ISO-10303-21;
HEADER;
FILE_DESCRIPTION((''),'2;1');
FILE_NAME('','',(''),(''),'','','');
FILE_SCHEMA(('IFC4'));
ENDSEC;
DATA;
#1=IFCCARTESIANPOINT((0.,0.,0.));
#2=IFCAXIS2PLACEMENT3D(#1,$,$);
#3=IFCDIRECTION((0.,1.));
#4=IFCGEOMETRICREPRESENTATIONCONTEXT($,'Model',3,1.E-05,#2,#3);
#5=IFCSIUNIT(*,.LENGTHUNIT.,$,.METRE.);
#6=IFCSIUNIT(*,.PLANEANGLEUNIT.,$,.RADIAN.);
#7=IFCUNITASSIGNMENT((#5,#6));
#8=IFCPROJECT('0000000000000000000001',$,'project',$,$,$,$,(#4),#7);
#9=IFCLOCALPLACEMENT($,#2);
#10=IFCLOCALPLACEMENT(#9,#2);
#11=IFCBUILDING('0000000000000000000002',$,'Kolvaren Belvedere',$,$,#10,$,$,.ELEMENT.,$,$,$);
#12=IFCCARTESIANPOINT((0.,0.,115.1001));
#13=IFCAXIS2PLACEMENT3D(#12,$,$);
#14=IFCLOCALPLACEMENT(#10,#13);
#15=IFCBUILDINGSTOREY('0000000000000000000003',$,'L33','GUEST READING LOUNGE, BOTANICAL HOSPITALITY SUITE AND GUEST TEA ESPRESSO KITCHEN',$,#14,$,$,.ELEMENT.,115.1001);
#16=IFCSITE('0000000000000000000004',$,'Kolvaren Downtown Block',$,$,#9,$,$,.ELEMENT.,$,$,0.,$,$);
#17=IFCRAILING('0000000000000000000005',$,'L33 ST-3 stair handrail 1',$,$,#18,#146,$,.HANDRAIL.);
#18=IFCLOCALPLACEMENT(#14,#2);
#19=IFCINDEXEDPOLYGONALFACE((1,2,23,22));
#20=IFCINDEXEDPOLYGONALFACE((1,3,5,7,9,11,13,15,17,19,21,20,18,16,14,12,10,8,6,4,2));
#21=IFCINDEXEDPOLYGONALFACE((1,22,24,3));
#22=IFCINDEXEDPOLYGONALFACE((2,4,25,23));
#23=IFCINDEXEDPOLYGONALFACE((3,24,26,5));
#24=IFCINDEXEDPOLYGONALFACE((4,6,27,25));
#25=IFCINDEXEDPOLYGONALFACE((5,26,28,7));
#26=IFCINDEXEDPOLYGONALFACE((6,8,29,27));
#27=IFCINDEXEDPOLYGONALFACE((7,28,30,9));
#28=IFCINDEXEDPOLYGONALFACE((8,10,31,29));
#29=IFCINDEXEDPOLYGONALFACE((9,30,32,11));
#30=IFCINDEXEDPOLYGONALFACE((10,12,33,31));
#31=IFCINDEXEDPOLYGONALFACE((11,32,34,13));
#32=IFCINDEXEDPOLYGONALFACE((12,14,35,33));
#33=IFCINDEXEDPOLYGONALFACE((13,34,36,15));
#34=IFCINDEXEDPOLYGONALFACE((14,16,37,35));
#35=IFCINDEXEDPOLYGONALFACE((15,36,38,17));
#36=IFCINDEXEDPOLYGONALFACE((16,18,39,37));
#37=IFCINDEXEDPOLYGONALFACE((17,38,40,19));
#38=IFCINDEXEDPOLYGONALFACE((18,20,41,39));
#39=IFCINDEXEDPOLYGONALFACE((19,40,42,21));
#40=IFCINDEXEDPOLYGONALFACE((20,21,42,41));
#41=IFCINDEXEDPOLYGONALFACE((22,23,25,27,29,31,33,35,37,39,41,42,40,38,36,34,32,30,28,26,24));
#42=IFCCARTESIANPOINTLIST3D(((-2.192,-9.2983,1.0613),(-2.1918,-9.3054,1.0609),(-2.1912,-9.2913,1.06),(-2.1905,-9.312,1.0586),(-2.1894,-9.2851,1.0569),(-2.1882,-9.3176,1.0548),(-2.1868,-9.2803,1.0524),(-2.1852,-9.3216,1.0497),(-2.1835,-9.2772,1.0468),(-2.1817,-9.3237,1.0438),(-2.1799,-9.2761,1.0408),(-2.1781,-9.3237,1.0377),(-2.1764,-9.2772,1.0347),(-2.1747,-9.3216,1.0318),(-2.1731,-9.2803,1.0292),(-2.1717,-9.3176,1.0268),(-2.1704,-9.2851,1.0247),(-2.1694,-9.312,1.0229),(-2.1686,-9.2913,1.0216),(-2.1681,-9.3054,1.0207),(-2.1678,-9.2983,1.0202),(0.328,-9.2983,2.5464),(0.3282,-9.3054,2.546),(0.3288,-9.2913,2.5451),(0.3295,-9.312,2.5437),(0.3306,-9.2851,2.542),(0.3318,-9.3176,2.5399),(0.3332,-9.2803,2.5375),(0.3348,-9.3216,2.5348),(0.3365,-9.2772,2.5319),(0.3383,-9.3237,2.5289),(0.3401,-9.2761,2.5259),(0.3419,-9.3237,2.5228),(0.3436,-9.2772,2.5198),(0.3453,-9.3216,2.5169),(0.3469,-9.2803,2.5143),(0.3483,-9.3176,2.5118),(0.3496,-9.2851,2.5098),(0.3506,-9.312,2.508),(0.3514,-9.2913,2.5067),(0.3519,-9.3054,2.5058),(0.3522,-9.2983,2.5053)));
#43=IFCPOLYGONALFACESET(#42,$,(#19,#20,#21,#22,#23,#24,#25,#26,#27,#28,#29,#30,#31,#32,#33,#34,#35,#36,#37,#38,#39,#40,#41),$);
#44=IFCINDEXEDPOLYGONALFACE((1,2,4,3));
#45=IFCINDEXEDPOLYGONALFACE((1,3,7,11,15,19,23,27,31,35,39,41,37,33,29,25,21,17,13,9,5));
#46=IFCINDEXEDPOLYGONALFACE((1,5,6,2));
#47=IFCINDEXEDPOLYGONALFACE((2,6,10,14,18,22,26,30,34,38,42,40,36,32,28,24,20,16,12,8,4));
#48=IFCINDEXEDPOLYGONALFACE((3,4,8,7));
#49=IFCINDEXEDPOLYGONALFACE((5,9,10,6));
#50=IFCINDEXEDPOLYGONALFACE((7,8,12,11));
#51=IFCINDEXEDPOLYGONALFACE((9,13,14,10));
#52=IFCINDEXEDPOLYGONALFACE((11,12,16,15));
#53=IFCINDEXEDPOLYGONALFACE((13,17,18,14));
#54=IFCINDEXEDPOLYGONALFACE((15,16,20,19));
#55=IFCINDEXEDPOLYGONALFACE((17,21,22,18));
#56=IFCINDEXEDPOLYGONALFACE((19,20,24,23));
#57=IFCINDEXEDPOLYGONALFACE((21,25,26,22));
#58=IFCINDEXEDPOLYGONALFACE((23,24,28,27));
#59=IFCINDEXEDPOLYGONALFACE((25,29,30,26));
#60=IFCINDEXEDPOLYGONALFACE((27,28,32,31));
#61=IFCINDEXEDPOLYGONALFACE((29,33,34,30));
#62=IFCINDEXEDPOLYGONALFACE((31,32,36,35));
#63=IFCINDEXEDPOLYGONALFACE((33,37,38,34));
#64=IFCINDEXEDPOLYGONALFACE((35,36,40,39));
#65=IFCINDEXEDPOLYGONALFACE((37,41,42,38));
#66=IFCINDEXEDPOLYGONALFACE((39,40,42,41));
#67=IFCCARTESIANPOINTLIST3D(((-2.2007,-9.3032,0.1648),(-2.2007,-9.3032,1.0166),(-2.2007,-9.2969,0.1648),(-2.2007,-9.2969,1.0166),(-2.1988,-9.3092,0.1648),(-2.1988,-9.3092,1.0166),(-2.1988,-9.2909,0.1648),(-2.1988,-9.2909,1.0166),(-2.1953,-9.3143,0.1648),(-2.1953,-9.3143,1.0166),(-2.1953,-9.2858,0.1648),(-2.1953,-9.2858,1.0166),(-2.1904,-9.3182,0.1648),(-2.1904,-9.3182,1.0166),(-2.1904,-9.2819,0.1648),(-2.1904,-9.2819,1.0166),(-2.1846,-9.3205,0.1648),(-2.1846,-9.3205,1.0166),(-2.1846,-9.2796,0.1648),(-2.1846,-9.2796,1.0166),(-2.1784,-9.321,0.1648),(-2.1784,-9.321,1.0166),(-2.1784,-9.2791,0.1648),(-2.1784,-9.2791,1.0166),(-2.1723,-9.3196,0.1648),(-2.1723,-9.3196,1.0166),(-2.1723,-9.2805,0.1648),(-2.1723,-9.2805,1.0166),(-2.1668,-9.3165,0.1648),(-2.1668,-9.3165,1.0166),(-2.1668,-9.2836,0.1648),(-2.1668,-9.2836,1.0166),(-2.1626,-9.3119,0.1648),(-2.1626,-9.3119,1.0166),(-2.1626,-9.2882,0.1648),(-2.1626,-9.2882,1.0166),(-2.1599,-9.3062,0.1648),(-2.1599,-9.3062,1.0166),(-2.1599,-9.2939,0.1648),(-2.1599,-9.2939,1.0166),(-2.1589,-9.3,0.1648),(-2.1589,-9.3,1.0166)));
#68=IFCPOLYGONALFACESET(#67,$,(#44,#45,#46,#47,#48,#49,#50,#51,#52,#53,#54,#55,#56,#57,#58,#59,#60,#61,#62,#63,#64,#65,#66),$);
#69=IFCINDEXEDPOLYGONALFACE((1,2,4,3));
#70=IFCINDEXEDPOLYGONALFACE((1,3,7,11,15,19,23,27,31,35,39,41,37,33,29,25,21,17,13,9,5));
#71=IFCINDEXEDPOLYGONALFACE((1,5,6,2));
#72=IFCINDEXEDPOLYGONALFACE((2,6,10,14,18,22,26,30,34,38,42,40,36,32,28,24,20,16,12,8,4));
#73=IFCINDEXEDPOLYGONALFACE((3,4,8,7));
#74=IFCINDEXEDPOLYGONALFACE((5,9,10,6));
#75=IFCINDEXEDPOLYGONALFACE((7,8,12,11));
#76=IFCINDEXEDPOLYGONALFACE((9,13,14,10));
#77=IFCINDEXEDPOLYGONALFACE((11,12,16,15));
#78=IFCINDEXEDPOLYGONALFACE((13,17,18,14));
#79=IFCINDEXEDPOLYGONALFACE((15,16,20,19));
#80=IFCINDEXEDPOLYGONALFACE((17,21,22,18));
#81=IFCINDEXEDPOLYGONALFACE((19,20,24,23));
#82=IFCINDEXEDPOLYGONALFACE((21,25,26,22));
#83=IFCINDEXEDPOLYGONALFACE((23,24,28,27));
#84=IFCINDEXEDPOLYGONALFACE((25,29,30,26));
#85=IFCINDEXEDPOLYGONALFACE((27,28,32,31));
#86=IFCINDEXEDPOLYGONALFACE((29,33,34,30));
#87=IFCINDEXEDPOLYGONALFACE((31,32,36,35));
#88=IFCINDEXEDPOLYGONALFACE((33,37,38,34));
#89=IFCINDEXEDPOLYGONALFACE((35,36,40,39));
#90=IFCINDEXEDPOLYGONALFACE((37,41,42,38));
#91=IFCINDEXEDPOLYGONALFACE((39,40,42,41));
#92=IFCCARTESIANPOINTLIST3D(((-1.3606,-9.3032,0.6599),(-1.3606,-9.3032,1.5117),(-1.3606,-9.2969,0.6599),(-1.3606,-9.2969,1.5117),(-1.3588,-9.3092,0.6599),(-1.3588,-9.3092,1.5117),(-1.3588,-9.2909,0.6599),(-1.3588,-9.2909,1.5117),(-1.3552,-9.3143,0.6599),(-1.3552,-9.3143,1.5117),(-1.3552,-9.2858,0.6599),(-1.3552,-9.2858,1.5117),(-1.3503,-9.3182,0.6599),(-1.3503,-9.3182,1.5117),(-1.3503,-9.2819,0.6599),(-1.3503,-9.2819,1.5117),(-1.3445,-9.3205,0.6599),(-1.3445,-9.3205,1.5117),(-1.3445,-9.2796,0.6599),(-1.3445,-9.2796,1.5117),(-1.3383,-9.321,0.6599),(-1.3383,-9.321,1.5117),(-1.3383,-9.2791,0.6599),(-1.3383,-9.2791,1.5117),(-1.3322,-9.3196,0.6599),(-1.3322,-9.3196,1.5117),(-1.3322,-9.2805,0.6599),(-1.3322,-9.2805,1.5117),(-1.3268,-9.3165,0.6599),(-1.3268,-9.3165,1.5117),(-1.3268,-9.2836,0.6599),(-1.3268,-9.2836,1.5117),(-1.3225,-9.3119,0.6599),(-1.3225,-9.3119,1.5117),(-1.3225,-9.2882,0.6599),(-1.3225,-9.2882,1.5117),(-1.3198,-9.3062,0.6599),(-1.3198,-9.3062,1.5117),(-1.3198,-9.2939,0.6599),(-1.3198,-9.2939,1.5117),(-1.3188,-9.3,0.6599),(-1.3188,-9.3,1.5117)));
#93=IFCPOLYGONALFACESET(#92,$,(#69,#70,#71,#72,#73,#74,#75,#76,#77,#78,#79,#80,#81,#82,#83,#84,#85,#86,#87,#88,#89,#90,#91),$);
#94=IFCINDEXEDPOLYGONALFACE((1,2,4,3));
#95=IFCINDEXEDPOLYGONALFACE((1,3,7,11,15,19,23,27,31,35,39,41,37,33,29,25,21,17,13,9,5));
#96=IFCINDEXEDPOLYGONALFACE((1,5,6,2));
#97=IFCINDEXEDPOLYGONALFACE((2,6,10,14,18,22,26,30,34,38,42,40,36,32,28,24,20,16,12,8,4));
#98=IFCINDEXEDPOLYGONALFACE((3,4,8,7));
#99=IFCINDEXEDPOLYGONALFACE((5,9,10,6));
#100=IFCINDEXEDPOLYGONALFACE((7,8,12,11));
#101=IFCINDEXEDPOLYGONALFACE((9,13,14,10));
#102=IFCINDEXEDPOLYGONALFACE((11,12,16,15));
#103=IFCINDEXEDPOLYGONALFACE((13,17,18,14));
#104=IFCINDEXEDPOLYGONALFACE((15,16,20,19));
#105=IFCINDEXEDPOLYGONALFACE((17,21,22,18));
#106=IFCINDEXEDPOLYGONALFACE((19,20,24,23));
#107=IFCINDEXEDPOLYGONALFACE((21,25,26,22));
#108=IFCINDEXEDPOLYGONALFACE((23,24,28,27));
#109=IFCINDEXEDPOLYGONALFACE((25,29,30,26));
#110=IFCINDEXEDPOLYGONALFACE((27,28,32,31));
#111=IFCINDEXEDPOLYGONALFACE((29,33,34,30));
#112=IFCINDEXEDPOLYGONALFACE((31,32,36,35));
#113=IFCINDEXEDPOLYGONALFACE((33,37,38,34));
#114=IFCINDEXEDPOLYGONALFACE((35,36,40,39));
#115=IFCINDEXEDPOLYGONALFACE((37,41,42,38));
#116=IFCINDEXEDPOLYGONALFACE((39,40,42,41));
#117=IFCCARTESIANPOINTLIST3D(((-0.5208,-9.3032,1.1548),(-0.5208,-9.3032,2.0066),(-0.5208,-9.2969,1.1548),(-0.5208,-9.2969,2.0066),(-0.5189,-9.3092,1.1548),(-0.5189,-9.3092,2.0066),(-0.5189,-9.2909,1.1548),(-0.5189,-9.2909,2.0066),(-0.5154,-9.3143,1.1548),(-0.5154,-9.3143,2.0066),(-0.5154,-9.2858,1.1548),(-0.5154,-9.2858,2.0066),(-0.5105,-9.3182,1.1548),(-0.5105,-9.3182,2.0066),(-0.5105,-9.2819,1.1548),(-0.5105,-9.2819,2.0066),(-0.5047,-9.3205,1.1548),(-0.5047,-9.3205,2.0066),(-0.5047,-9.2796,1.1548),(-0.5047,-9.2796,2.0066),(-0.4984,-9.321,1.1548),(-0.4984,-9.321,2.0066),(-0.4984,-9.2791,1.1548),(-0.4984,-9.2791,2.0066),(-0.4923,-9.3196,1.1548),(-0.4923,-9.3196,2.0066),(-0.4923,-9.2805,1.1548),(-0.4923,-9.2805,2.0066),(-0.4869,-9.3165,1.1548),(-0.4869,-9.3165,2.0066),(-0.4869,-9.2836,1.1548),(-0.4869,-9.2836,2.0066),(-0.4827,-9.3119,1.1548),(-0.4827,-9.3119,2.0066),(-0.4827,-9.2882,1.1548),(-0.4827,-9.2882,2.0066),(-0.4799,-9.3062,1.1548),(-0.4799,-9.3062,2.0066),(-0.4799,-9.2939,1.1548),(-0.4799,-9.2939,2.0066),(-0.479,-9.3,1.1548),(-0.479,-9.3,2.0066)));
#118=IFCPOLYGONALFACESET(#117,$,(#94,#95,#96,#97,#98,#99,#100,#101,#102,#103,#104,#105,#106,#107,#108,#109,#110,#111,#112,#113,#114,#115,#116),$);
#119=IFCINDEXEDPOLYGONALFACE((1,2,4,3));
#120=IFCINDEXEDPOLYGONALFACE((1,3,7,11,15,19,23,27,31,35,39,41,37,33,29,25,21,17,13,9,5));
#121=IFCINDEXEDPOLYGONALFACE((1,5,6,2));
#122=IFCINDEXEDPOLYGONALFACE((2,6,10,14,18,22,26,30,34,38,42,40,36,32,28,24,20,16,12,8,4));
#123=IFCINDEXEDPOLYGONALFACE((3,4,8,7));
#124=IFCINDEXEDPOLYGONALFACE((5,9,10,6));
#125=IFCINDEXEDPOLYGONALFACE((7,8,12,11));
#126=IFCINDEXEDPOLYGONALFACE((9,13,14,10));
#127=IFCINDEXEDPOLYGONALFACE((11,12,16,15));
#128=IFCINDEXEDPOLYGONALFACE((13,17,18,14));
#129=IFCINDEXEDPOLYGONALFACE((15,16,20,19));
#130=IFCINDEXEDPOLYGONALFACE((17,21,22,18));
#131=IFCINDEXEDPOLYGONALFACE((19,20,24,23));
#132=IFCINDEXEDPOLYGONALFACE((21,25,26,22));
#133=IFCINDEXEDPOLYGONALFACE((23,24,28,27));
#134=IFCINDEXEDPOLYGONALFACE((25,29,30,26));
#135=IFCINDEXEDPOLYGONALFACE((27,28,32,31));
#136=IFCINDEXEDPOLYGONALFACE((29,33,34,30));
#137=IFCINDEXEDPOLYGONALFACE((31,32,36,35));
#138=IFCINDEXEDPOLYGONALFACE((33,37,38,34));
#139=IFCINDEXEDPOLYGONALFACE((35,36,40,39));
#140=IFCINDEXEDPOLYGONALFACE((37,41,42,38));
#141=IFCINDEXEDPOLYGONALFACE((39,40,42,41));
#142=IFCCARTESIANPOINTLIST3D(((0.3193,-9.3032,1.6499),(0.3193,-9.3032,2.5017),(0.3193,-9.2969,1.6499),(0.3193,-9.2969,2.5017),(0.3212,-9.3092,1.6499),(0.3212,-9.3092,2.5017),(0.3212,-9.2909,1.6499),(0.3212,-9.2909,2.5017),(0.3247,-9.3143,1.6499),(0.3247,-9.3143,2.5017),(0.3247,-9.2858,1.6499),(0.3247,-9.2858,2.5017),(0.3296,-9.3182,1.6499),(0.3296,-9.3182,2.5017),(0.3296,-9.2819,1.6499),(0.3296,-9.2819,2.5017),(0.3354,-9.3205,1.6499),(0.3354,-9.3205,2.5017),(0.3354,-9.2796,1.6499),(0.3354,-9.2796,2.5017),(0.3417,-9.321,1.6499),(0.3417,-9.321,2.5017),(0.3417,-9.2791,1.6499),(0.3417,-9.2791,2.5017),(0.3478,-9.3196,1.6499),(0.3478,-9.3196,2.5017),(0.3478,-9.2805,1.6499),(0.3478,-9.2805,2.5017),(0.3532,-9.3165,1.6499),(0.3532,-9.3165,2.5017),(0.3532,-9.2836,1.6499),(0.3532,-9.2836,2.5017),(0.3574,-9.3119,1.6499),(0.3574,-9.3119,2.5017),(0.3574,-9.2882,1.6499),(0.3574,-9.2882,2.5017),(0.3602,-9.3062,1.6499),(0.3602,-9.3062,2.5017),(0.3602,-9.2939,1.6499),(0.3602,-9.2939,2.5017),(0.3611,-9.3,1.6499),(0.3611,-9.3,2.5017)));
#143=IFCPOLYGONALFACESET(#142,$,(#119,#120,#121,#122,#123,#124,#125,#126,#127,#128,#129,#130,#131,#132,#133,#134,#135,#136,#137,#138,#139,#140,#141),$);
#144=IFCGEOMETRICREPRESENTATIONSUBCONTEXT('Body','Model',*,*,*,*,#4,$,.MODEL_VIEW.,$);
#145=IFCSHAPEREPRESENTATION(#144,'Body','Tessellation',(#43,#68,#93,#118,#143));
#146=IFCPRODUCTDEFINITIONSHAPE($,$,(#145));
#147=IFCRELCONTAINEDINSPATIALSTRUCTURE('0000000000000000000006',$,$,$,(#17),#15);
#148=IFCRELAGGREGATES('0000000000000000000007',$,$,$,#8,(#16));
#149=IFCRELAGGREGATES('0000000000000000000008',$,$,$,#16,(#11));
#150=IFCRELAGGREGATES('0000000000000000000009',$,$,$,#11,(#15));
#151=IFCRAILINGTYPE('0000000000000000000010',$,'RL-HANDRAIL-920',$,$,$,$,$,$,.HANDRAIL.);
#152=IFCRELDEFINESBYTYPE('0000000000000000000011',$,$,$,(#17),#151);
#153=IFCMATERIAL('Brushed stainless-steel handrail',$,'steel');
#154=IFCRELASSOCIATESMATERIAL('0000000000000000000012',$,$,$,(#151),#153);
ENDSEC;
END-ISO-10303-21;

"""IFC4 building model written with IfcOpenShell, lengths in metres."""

from ifc_helpers import new_model, si_unit, direction, frame, origin, origin_2d, place, context, subcontext, project, spatial, circle, extrude, material, type_object, element, save


model = new_model("IFC4")

# Units and contexts
model_context = context("Model", 3, precision=1e-05, world=origin(), true_north=direction((0.0, 1.0)))
body_context = subcontext(model_context, "Body", "Model", "MODEL_VIEW")
ifc_project = project(units=[si_unit("LENGTHUNIT", "METRE"), si_unit("PLANEANGLEUNIT", "RADIAN")], contexts=[model_context])

# Site, building, storey
site_placement = place(None, origin())
site = spatial("IfcSite", under=ifc_project, at=site_placement, Name="Kolvaren Downtown Block", CompositionType="ELEMENT", RefElevation=0.0)
building_placement = place(site_placement, origin())
building = spatial("IfcBuilding", under=site, at=building_placement, Name="Kolvaren Belvedere", CompositionType="ELEMENT")
storey_placement = place(building_placement, frame((0.0, 0.0, 115.1001)))
storey = spatial("IfcBuildingStorey", under=building, at=storey_placement, Name="L33", Description="GUEST READING LOUNGE, BOTANICAL HOSPITALITY SUITE AND GUEST TEA ESPRESSO KITCHEN", CompositionType="ELEMENT", Elevation=115.1001)

# Railing
ifc_material_1 = material(Name="Brushed stainless-steel handrail", Category="steel")
railing_type_1 = type_object("IfcRailingType", Name="RL-HANDRAIL-920", PredefinedType="HANDRAIL", material=ifc_material_1)
railing_1_placement = place(storey_placement, frame((-2.1799, -9.3, 0.1648)))
element("IfcRailing", 1, at=railing_1_placement, inside=storey, type_object=railing_type_1, Name="L33 ST-3 stair handrail 1", PredefinedType="HANDRAIL", context=body_context, shape_type="SweptSolid", body=[
    extrude(circle(Radius=0.0239, at=origin_2d()), frame((0.0, 0.0, 0.876), z_axis=(0.861524, 0.0, 0.507717), x_axis=(0.0, 1.0, 0.0)), (0.0, 0.0, 1.0), 2.925),
    extrude(circle(Radius=0.021, at=origin_2d()), origin(), (0.0, 0.0, 1.0), 0.8518),
    extrude(circle(Radius=0.021, at=origin_2d()), frame((0.8401, 0.0, 0.4951)), (0.0, 0.0, 1.0), 0.8518),
    extrude(circle(Radius=0.021, at=origin_2d()), frame((1.6799, 0.0, 0.99)), (0.0, 0.0, 1.0), 0.8518),
    extrude(circle(Radius=0.021, at=origin_2d()), frame((2.52, 0.0, 1.4851)), (0.0, 0.0, 1.0), 0.8518),
])

save(model, "model.ifc")
